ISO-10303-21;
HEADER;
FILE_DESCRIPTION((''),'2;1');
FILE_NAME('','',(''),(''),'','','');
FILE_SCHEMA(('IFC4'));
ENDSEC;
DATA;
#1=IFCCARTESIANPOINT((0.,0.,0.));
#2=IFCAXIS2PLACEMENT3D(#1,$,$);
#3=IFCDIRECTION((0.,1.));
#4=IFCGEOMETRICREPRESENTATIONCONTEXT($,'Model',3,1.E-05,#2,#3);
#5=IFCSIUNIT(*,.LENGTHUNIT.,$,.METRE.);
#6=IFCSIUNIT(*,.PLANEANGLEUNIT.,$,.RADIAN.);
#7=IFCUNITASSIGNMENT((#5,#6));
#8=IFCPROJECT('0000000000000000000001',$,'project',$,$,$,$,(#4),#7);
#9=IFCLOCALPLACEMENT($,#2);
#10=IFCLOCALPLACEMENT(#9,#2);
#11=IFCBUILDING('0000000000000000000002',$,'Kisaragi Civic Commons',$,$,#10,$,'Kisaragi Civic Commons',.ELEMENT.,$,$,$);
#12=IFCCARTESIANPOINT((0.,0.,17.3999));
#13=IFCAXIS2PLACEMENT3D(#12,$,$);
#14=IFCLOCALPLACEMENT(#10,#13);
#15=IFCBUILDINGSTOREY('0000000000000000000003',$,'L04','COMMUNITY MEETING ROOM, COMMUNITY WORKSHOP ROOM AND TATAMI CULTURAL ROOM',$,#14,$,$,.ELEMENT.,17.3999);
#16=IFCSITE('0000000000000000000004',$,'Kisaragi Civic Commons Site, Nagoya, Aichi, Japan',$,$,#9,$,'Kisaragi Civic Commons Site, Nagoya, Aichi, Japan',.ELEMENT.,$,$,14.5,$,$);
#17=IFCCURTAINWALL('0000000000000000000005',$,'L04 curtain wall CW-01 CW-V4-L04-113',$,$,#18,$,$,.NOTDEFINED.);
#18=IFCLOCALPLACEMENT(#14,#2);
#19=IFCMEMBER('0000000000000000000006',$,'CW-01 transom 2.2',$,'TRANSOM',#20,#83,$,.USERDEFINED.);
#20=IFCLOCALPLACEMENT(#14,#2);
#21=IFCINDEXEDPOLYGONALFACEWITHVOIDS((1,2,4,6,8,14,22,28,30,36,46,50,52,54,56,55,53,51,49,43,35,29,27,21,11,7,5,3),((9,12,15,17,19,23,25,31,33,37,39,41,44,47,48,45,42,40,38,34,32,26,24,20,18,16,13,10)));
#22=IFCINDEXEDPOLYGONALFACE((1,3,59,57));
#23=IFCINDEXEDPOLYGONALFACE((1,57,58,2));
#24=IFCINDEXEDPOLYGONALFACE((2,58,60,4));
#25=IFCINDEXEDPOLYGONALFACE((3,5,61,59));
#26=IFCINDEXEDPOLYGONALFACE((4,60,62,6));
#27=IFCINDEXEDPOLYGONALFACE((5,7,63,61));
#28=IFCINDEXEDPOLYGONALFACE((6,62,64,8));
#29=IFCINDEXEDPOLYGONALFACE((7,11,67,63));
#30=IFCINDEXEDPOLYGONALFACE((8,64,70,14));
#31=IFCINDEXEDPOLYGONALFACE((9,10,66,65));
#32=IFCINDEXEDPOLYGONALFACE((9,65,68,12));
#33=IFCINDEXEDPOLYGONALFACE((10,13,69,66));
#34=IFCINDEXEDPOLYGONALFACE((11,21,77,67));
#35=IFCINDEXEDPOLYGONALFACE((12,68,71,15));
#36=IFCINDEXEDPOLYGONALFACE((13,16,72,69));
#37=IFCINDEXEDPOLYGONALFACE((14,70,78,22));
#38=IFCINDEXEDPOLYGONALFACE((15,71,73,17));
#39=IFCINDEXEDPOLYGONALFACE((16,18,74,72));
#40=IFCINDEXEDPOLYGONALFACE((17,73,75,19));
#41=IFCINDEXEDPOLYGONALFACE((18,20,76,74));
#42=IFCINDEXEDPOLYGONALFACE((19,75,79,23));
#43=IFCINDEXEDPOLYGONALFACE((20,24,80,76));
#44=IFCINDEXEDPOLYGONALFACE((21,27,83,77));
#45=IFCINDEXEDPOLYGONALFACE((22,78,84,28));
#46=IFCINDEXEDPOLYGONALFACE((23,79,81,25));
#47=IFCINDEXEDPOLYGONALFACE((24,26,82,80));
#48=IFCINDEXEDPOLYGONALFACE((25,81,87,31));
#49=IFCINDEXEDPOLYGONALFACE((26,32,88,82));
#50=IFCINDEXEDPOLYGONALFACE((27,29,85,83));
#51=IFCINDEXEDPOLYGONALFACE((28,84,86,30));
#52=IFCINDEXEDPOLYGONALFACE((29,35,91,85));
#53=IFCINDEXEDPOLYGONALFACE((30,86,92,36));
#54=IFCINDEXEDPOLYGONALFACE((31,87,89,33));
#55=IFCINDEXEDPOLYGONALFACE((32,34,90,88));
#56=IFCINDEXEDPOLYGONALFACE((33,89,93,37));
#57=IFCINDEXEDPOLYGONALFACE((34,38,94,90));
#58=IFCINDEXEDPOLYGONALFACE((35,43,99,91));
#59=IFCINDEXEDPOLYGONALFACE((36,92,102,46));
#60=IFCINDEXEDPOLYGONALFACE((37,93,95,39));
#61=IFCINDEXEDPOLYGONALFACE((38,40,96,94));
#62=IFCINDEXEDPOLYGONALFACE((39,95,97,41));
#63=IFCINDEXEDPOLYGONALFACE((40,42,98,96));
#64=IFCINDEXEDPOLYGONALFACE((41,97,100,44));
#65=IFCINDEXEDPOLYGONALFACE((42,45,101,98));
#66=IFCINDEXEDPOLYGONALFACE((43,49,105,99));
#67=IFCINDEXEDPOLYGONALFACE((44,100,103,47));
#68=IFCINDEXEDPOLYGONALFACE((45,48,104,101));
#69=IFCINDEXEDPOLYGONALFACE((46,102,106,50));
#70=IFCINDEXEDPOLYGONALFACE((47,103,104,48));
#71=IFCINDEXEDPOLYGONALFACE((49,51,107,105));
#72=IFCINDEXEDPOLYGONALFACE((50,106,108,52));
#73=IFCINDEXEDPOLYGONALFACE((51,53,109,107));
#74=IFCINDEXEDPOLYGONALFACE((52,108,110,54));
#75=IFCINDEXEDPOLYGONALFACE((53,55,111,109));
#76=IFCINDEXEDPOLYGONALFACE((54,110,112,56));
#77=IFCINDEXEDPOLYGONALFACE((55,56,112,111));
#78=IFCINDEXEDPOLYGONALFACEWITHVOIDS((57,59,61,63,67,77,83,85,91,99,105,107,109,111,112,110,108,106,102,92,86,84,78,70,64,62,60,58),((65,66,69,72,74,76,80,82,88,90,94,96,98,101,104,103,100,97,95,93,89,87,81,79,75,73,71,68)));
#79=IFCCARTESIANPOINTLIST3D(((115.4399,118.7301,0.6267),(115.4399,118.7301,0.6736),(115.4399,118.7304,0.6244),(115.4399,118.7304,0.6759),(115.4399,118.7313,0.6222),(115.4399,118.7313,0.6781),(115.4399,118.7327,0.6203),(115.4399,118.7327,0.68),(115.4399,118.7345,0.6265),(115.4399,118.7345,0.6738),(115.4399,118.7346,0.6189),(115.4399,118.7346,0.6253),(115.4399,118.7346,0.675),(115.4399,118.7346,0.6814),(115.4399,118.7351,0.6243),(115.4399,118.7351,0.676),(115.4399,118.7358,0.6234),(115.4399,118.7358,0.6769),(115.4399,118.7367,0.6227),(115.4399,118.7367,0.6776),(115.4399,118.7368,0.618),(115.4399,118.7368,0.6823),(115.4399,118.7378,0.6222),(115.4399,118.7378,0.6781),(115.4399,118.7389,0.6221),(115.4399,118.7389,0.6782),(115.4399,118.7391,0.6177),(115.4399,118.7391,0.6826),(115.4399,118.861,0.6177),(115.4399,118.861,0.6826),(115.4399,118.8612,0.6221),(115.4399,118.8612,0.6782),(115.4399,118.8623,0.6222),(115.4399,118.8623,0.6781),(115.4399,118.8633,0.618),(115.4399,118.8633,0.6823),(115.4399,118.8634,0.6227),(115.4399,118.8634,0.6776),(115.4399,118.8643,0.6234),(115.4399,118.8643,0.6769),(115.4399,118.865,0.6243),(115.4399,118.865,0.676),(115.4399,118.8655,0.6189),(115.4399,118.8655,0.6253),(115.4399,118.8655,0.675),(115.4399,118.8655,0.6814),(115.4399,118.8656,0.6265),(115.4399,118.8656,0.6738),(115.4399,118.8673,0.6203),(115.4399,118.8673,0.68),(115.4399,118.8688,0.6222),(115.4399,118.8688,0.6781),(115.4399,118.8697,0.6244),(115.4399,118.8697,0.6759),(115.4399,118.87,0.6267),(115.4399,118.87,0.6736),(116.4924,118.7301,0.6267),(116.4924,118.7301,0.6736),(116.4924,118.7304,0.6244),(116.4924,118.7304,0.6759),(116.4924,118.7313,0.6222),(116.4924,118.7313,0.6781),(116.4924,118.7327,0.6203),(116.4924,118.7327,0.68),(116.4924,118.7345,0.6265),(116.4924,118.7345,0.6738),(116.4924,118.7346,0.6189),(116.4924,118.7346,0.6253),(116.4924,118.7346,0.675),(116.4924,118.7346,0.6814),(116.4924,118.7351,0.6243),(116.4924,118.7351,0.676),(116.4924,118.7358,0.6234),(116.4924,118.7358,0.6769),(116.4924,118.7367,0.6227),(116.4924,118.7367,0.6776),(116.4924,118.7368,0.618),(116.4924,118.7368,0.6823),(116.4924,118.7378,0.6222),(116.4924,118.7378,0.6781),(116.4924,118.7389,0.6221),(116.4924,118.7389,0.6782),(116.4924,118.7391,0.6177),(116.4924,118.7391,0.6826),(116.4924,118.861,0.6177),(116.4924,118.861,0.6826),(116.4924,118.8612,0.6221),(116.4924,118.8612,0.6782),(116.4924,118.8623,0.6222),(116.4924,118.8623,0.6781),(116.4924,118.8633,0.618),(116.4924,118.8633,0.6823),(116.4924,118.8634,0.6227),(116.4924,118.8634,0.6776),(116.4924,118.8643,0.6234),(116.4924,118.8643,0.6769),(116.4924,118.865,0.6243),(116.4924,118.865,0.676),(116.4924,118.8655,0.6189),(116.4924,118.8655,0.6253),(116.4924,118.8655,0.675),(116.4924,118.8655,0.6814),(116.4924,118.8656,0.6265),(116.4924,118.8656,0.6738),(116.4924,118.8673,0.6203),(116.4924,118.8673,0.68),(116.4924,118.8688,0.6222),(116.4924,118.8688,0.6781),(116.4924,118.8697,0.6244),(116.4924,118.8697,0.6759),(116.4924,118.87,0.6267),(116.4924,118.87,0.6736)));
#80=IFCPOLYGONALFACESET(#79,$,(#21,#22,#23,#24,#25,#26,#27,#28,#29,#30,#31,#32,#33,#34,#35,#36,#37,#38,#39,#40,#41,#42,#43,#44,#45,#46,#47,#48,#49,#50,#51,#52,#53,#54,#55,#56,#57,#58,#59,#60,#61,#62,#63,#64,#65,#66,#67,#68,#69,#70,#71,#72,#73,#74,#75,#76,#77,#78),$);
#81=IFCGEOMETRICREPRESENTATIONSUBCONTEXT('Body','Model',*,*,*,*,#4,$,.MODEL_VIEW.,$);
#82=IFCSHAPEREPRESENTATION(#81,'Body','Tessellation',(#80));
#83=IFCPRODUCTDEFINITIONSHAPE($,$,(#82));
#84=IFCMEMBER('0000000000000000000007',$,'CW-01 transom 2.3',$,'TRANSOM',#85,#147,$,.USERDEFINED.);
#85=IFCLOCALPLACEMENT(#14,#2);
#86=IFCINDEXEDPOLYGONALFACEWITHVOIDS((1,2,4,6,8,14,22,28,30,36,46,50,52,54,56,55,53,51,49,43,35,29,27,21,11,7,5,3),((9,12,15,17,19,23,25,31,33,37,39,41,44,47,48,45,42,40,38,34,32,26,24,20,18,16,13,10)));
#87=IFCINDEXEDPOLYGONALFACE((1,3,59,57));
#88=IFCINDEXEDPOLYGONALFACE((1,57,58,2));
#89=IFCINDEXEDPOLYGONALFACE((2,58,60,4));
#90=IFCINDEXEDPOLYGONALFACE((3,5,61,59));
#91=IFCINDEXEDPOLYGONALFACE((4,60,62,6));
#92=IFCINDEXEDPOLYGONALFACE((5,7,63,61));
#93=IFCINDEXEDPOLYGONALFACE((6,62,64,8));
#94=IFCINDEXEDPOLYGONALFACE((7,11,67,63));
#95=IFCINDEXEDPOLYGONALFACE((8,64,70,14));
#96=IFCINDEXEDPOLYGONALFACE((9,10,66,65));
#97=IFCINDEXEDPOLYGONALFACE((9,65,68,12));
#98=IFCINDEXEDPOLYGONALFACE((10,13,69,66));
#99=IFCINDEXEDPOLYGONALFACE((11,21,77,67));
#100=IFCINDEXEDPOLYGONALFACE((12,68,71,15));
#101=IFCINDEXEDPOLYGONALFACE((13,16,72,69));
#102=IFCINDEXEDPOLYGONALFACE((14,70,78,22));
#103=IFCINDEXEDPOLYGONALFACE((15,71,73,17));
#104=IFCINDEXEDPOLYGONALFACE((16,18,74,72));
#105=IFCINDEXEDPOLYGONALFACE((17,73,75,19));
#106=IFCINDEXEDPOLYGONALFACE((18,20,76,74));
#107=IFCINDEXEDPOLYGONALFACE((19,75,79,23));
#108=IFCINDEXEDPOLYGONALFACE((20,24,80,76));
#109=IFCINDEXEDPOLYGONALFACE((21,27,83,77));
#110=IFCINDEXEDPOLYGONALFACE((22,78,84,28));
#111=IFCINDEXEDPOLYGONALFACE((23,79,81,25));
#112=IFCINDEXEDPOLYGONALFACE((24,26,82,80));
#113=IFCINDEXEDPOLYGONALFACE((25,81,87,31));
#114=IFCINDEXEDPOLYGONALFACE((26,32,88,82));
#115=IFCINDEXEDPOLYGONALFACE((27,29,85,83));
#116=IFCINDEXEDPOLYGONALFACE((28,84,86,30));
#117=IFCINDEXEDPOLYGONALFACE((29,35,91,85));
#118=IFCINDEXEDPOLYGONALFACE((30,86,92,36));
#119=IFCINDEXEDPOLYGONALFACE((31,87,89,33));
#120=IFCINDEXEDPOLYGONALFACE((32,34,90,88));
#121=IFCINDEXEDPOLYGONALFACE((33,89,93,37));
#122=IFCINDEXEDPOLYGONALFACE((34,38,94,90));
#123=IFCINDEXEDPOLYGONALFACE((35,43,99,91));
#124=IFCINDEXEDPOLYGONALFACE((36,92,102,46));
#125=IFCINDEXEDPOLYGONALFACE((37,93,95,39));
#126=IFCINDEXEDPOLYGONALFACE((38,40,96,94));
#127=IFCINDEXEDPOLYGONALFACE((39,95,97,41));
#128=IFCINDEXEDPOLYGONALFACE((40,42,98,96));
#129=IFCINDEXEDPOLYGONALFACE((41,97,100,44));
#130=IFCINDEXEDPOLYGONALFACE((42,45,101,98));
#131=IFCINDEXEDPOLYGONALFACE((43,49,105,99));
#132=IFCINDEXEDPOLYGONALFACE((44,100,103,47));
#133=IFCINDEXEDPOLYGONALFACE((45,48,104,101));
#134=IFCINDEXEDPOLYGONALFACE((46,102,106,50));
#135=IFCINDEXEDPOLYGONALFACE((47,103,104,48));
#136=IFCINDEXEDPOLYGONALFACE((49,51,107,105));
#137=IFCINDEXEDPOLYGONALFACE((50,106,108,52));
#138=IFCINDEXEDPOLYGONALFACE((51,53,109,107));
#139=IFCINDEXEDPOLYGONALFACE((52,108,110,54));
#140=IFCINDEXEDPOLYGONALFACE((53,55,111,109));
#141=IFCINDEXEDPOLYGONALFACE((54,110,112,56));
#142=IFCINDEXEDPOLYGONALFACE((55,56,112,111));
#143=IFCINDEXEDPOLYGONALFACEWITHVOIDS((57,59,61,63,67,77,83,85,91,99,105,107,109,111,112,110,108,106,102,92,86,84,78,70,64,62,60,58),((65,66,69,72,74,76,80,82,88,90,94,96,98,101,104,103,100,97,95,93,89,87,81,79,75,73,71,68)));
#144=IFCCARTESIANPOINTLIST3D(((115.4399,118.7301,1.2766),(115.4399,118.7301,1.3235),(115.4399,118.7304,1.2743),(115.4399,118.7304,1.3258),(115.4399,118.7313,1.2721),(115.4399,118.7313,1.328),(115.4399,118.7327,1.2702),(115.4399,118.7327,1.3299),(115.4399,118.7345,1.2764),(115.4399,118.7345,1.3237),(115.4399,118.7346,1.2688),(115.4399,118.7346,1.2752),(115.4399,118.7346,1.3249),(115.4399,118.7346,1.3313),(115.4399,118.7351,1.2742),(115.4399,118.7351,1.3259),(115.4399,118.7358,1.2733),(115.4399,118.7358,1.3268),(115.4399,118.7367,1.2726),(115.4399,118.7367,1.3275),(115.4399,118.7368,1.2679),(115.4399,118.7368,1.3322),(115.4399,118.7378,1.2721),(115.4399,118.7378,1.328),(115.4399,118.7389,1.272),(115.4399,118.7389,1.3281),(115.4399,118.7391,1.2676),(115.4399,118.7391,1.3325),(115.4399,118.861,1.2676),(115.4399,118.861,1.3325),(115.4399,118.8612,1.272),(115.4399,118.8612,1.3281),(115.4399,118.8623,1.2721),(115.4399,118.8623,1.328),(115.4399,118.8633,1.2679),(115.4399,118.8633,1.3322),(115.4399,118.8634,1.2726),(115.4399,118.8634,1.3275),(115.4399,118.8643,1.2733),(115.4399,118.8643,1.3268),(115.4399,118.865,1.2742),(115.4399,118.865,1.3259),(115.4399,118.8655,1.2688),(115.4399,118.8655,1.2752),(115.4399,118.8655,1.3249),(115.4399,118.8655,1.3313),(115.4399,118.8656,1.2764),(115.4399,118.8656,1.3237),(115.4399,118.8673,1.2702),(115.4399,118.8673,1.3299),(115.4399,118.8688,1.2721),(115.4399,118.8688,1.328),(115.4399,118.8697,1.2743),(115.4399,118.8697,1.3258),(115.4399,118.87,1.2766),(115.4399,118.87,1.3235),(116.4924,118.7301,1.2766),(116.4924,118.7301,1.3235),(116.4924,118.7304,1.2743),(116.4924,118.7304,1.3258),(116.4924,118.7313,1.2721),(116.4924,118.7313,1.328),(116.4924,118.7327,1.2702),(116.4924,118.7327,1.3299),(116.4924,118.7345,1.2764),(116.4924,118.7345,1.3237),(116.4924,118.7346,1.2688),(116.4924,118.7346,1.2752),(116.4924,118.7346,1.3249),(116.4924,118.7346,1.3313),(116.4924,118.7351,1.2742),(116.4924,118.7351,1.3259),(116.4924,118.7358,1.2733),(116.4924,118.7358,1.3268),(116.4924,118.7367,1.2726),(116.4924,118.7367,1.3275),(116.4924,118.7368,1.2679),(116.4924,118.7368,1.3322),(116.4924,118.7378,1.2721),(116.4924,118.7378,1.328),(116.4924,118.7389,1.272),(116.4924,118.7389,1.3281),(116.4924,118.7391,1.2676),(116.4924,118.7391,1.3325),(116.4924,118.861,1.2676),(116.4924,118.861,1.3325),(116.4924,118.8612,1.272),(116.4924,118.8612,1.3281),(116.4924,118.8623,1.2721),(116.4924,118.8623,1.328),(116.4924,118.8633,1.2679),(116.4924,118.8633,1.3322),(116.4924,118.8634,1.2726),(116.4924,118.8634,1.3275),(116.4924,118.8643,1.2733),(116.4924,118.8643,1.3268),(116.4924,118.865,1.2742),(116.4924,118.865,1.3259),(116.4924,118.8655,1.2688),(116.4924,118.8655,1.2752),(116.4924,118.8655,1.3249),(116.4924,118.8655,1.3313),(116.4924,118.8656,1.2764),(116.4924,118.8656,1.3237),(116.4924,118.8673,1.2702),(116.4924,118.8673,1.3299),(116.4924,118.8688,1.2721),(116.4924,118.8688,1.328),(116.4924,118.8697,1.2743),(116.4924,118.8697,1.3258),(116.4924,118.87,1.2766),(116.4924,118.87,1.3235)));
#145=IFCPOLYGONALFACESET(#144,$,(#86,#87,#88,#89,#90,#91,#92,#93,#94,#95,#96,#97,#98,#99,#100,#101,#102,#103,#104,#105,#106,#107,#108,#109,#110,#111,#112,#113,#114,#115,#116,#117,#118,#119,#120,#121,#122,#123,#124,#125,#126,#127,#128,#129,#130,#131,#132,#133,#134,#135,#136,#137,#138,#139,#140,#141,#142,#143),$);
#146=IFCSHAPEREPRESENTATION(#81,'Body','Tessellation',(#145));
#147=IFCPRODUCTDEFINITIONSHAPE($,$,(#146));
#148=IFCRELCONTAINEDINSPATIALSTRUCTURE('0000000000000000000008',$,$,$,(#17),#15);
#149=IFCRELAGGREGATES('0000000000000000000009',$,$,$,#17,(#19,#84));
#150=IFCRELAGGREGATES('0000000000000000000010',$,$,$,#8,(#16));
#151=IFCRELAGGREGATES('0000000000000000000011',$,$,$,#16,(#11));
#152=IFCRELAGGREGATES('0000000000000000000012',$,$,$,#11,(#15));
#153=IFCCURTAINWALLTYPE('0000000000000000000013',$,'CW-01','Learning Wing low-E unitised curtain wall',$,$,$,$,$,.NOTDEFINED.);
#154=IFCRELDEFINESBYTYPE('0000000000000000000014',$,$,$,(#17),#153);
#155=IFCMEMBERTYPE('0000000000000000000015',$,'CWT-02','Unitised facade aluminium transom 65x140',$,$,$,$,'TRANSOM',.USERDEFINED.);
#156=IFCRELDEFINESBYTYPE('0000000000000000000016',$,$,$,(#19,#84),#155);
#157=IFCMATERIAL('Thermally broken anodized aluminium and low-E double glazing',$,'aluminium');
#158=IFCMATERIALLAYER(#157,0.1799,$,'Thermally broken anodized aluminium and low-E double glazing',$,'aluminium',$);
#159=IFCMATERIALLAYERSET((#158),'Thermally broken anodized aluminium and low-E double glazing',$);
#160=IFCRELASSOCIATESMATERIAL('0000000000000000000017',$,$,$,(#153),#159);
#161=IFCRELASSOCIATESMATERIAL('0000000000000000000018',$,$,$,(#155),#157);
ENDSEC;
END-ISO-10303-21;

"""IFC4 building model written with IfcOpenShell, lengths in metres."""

from ifc_helpers import new_model, si_unit, direction, frame, origin, origin_2d, place, context, subcontext, project, spatial, hollow_rectangle, extrude, material, layer, layer_set, material_profile, profile_set, type_object, element, aggregate, save


model = new_model("IFC4")

# Units and contexts
model_context = context("Model", 3, precision=1e-05, world=origin(), true_north=direction((0.0, 1.0)))
body_context = subcontext(model_context, "Body", "Model", "MODEL_VIEW")
ifc_project = project(units=[si_unit("LENGTHUNIT", "METRE"), si_unit("PLANEANGLEUNIT", "RADIAN")], contexts=[model_context])

# Site, building, storey
site_placement = place(None, origin())
site = spatial("IfcSite", under=ifc_project, at=site_placement, Name="Kisaragi Civic Commons Site, Nagoya, Aichi, Japan", LongName="Kisaragi Civic Commons Site, Nagoya, Aichi, Japan", CompositionType="ELEMENT", RefElevation=14.5)
building_placement = place(site_placement, origin())
building = spatial("IfcBuilding", under=site, at=building_placement, Name="Kisaragi Civic Commons", LongName="Kisaragi Civic Commons", CompositionType="ELEMENT")
storey_placement = place(building_placement, frame((0.0, 0.0, 17.3999)))
storey = spatial("IfcBuildingStorey", under=building, at=storey_placement, Name="L04", Description="COMMUNITY MEETING ROOM, COMMUNITY WORKSHOP ROOM AND TATAMI CULTURAL ROOM", CompositionType="ELEMENT", Elevation=17.3999)

# Shared definitions
ifc_material_1 = material(Name="Thermally broken anodized aluminium and low-E double glazing", Category="aluminium")
ifc_layer_1 = layer(ifc_material_1, 0.1799, Name="Thermally broken anodized aluminium and low-E double glazing", Category="aluminium")
ifc_layer_set_1 = layer_set([ifc_layer_1], Name="Thermally broken anodized aluminium and low-E double glazing")
curtain_wall_type = type_object("IfcCurtainWallType", Name="CW-01", Description="Learning Wing low-E unitised curtain wall", PredefinedType="NOTDEFINED", material=ifc_layer_set_1)

# Curtain wall, members
curtain_wall_1_placement = place(storey_placement, origin())
curtain_wall_1 = element("IfcCurtainWall", 1, at=curtain_wall_1_placement, inside=storey, type_object=curtain_wall_type, Name="L04 curtain wall CW-01 CW-V4-L04-113", PredefinedType="NOTDEFINED")
ifc_material_profile_1 = material_profile(ifc_material_1, hollow_rectangle(XDim=0.1399, YDim=0.0649, WallThickness=0.0044, InnerFilletRadius=0.0044, OuterFilletRadius=0.009, at=origin_2d()), Name="CWT-65x140x4.5", Category="aluminium")
ifc_profile_set_1 = profile_set([ifc_material_profile_1], Name="Thermally broken anodized aluminium and low-E double glazing")
member_type_1 = type_object("IfcMemberType", Name="CWT-02", Description="Unitised facade aluminium transom 65x140", ElementType="TRANSOM", PredefinedType="USERDEFINED", material=ifc_profile_set_1)
member_1_placement = place(storey_placement, frame((115.4399, 118.8, 0.6501), z_axis=(1.0, 0.0, 0.0), x_axis=(0.0, 1.0, 0.0)))
member_1 = element("IfcMember", 2, at=member_1_placement, type_object=member_type_1, Name="CW-01 transom 2.2", ObjectType="TRANSOM", PredefinedType="USERDEFINED", context=body_context, shape_type="SweptSolid", body=[
    extrude(hollow_rectangle(XDim=0.1399, YDim=0.0649, WallThickness=0.0044, InnerFilletRadius=0.0044, OuterFilletRadius=0.009, at=origin_2d()), origin(), (0.0, 0.0, 1.0), 1.0525),
])
member_2_placement = place(storey_placement, frame((115.4399, 118.8, 1.3), z_axis=(1.0, 0.0, 0.0), x_axis=(0.0, 1.0, 0.0)))
member_2 = element("IfcMember", 3, at=member_2_placement, type_object=member_type_1, Name="CW-01 transom 2.3", ObjectType="TRANSOM", PredefinedType="USERDEFINED", context=body_context, shape_type="SweptSolid", body=[
    extrude(hollow_rectangle(XDim=0.1399, YDim=0.0649, WallThickness=0.0044, InnerFilletRadius=0.0044, OuterFilletRadius=0.009, at=origin_2d()), origin(), (0.0, 0.0, 1.0), 1.0525),
])

aggregate(curtain_wall_1, [member_1, member_2])

save(model, "model.ifc")
